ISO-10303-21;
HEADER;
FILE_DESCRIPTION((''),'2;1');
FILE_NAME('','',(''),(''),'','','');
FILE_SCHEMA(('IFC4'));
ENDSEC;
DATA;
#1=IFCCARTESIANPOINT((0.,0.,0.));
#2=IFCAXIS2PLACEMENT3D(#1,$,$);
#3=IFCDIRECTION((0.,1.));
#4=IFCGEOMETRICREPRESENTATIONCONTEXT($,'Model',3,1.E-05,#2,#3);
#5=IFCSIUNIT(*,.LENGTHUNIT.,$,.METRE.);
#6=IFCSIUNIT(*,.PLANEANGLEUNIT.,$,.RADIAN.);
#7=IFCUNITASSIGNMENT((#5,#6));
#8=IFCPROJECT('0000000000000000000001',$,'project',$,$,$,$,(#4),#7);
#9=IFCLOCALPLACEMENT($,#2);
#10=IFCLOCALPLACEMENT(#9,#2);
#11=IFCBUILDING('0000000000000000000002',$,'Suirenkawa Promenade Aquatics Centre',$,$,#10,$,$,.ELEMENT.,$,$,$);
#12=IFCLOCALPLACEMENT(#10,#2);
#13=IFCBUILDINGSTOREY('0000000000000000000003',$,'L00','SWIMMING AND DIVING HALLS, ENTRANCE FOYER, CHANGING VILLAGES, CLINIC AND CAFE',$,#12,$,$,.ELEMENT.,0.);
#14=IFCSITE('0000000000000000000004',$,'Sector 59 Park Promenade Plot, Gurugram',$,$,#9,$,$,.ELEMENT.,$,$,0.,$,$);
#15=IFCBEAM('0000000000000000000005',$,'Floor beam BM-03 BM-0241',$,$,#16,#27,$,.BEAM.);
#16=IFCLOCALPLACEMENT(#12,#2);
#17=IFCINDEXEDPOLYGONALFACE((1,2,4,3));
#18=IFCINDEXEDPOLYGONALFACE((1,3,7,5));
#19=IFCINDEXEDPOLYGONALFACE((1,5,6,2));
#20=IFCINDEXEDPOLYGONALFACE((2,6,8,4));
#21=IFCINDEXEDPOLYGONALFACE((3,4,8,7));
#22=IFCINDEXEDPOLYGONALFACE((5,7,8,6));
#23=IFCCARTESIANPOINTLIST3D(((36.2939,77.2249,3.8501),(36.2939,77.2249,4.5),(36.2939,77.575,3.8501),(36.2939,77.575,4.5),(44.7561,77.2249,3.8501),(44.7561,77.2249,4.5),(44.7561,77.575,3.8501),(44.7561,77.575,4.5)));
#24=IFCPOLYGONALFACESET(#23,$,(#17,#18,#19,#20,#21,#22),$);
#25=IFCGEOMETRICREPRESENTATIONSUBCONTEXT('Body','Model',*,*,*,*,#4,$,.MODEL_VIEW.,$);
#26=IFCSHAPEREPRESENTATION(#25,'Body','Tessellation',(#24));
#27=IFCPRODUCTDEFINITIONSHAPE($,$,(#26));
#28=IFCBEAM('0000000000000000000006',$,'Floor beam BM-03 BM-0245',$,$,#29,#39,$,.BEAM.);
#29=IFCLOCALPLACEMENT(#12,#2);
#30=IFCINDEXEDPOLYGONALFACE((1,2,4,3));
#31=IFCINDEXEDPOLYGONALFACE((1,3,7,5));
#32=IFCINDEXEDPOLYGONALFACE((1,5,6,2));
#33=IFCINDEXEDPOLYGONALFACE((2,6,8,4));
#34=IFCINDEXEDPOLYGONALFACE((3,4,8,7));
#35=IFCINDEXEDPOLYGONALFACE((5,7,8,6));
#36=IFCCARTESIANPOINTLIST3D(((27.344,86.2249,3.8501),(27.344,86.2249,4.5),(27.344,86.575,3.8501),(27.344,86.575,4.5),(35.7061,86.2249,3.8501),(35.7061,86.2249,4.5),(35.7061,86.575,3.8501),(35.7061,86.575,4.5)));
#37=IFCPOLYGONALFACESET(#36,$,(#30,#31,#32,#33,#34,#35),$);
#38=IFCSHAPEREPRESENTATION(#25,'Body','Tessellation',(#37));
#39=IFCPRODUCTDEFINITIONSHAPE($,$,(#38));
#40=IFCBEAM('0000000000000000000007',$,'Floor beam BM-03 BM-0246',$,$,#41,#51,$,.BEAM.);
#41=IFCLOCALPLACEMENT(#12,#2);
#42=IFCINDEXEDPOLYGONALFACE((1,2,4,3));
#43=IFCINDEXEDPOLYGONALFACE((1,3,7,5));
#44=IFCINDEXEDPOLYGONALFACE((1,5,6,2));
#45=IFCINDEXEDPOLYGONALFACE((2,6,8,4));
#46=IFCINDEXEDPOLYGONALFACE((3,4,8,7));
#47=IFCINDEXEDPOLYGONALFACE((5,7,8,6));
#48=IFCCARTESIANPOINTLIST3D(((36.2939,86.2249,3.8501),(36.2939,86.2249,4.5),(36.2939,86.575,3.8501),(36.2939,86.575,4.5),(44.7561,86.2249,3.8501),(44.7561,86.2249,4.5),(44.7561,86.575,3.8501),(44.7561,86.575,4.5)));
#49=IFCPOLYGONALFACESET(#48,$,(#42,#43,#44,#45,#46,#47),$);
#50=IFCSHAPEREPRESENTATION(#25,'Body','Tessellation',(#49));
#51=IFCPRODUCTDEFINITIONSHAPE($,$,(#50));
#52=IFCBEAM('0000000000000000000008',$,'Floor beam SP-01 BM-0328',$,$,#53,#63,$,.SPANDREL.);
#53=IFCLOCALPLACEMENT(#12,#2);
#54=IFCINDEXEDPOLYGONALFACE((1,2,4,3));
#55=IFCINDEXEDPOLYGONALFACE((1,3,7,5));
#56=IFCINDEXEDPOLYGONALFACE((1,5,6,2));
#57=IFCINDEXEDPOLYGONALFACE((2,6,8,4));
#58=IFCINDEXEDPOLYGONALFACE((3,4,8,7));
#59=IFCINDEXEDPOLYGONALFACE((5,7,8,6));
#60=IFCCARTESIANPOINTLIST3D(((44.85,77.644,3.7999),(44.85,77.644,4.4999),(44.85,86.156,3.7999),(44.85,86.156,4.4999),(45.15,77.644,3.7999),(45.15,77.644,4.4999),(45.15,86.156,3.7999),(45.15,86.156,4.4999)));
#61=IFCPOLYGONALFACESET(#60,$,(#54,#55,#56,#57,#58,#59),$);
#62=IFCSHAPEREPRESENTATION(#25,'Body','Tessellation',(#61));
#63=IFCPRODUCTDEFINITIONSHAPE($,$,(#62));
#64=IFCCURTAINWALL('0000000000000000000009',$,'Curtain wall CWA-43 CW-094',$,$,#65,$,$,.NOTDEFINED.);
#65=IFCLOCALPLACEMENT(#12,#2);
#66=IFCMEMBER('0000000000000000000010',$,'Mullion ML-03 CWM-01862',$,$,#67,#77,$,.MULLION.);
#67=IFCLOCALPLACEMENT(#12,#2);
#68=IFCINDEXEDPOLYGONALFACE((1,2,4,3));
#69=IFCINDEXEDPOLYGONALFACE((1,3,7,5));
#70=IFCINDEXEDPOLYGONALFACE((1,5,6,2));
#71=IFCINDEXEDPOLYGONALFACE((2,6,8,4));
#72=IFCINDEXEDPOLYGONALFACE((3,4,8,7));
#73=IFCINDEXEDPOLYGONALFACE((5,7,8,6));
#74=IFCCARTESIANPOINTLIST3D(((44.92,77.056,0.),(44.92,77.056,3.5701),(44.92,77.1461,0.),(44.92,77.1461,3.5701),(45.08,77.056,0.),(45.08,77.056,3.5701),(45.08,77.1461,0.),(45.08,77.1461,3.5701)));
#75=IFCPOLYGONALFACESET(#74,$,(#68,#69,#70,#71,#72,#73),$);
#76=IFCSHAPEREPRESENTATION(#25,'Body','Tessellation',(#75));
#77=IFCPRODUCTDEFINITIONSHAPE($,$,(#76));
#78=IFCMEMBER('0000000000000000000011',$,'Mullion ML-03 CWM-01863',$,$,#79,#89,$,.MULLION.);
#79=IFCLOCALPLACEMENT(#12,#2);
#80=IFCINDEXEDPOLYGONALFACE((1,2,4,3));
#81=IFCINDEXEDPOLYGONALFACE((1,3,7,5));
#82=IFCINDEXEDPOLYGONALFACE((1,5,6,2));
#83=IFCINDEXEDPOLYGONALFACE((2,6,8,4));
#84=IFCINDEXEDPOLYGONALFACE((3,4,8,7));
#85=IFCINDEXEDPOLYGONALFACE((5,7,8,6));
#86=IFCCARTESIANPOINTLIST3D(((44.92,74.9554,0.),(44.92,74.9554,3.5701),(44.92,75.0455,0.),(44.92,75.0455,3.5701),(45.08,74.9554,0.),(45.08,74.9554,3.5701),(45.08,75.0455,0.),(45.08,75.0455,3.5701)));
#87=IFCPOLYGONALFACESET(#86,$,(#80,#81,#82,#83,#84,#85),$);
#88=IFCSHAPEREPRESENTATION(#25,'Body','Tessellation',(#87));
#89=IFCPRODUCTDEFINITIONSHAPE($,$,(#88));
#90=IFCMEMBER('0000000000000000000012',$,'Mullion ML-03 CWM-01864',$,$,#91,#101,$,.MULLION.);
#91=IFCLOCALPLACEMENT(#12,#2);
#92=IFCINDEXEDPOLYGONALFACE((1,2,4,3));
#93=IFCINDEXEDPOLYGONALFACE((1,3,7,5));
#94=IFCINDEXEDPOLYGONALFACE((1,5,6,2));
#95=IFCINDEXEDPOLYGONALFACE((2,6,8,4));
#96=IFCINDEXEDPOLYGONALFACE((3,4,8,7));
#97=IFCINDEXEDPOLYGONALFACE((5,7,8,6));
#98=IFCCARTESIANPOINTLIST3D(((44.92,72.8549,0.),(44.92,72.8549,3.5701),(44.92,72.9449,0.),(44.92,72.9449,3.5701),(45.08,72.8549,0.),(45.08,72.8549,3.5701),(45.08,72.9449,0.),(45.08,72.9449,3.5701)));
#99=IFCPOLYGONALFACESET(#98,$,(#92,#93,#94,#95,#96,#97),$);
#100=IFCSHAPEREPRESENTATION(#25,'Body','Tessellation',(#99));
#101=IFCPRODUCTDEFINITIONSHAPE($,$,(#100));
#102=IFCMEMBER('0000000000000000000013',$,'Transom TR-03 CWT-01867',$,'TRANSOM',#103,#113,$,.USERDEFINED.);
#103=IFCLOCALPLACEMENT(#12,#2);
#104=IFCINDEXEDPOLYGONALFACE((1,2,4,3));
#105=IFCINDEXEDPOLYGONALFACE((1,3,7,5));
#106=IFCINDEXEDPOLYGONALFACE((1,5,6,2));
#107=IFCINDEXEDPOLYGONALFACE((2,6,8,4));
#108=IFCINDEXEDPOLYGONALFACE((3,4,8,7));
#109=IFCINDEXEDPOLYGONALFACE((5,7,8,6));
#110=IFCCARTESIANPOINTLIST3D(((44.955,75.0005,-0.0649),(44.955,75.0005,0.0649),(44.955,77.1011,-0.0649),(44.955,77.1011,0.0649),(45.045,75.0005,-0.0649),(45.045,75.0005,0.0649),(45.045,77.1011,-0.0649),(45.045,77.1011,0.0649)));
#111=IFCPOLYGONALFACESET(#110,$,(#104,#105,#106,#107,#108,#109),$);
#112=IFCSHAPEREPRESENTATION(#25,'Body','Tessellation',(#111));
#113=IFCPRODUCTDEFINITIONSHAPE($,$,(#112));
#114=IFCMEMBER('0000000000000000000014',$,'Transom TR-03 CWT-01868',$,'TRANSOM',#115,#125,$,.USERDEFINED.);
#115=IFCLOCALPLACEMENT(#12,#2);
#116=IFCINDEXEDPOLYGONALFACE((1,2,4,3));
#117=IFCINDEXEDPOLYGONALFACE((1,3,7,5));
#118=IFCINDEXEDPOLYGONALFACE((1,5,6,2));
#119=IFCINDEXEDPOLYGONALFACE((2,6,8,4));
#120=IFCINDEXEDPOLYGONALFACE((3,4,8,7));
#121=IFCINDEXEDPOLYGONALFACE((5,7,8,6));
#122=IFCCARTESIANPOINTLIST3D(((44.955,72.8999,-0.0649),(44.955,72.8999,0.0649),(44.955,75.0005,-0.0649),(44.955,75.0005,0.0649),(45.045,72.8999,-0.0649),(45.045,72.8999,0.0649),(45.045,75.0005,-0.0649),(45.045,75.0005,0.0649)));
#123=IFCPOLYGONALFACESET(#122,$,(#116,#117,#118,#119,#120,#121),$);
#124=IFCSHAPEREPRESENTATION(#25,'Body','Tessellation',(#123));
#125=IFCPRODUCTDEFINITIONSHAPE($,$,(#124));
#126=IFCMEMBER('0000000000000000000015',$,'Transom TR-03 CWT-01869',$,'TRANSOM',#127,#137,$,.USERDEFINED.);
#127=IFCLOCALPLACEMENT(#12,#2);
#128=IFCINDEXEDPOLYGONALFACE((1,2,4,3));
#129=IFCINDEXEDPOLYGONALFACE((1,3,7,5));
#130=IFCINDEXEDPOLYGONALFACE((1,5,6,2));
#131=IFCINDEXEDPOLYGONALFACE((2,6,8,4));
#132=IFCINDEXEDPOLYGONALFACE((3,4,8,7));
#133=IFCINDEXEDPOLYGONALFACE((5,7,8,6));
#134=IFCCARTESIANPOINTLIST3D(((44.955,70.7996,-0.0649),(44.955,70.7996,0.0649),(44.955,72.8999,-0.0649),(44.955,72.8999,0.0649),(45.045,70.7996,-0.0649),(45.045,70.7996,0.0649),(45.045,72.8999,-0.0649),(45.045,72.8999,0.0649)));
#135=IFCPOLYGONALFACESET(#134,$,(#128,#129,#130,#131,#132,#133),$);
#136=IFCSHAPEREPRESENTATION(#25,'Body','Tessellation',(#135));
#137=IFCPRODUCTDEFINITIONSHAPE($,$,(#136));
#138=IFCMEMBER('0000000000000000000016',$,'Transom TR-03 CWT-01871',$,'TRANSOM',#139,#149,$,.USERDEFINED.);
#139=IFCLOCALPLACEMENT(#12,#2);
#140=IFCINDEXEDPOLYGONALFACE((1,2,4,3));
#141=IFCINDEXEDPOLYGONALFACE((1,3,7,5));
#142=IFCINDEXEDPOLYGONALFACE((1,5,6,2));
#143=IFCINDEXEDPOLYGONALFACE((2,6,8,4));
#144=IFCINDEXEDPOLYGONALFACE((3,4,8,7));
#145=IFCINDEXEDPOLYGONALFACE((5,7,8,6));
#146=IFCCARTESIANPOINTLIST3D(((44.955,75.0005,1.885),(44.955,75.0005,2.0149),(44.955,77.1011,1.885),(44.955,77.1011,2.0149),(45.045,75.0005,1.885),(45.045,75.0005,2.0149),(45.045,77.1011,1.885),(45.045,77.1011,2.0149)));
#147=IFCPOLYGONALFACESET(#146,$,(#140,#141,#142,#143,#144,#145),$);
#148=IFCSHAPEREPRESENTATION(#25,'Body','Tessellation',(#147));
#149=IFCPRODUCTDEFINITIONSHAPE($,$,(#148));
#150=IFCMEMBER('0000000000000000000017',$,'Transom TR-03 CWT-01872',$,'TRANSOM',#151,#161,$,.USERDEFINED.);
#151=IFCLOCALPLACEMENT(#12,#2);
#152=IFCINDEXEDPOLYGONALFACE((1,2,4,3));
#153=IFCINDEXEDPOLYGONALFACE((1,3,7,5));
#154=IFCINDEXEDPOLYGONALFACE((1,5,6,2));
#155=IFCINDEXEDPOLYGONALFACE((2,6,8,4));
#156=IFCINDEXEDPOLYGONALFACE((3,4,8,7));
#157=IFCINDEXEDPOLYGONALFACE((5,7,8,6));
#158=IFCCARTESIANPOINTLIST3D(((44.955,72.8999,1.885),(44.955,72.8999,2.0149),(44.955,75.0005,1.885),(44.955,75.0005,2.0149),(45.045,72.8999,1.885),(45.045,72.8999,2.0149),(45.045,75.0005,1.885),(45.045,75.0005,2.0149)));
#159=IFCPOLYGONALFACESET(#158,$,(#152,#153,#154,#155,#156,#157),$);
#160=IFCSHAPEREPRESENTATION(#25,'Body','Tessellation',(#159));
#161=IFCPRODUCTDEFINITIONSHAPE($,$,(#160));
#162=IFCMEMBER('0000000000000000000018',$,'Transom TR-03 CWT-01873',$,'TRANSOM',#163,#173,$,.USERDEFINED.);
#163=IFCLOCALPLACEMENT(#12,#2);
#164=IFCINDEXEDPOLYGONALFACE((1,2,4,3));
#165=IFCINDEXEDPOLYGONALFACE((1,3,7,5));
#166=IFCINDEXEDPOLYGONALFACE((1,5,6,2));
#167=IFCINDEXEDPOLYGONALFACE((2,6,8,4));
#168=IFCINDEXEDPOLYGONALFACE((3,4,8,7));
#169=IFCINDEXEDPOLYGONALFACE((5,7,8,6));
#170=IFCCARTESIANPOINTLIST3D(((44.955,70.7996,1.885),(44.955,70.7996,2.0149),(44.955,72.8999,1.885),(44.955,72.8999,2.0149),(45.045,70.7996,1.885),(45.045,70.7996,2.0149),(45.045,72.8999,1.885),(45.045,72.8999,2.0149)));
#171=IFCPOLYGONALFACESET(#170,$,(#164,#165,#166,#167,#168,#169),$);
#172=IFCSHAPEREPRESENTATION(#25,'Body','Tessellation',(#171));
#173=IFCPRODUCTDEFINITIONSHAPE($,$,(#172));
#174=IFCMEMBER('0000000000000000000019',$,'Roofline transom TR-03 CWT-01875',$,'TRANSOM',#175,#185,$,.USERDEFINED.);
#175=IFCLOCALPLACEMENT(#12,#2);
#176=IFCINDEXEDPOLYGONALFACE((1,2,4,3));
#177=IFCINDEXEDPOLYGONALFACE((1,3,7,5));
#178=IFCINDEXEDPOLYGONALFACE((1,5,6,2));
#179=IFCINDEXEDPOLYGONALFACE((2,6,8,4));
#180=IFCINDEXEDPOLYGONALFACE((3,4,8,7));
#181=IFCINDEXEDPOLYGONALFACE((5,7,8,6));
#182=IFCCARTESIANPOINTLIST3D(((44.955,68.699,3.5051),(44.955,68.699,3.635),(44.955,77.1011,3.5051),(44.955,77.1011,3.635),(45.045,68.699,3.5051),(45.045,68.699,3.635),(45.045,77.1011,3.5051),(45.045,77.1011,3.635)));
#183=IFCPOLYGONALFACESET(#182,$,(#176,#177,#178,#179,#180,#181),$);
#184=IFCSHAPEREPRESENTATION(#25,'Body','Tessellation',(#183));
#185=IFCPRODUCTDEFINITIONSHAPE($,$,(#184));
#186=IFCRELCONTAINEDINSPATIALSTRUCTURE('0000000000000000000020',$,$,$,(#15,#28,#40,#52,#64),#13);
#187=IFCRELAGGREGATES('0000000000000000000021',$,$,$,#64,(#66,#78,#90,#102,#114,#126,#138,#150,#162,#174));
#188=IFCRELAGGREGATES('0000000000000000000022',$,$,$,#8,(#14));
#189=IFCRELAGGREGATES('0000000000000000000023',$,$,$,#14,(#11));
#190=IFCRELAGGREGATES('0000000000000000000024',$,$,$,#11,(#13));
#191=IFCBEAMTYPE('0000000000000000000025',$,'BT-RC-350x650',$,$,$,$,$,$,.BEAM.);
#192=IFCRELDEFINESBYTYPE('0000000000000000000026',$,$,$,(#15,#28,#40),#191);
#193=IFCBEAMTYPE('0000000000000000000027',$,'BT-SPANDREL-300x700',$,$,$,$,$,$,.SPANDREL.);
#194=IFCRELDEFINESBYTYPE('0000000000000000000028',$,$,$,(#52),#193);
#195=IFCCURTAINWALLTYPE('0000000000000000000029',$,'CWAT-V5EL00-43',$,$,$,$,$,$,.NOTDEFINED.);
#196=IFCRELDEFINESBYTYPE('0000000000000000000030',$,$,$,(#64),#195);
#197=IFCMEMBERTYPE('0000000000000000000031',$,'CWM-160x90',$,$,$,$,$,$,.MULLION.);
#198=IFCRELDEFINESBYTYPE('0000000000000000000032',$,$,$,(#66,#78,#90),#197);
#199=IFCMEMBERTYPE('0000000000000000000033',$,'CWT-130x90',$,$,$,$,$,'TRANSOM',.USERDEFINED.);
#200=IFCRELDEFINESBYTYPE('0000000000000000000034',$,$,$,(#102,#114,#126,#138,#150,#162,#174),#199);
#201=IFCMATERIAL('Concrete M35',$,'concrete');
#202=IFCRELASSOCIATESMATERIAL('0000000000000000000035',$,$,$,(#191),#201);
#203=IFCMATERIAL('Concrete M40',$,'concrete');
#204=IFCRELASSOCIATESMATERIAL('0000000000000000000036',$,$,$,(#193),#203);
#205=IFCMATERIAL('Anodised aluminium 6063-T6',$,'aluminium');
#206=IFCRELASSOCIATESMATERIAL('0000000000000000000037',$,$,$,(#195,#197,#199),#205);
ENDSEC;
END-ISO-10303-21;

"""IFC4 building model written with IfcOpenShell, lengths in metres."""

from ifc_helpers import new_model, si_unit, direction, frame, origin, origin_2d, place, context, subcontext, project, spatial, rectangle, extrude, material, material_profile, profile_set, type_object, element, aggregate, save


model = new_model("IFC4")

# Units and contexts
model_context = context("Model", 3, precision=1e-05, world=origin(), true_north=direction((0.0, 1.0)))
body_context = subcontext(model_context, "Body", "Model", "MODEL_VIEW")
ifc_project = project(units=[si_unit("LENGTHUNIT", "METRE"), si_unit("PLANEANGLEUNIT", "RADIAN")], contexts=[model_context])

# Site, building, storey
site_placement = place(None, origin())
site = spatial("IfcSite", under=ifc_project, at=site_placement, Name="Sector 59 Park Promenade Plot, Gurugram", CompositionType="ELEMENT", RefElevation=0.0)
building_placement = place(site_placement, origin())
building = spatial("IfcBuilding", under=site, at=building_placement, Name="Suirenkawa Promenade Aquatics Centre", CompositionType="ELEMENT")
storey_placement = place(building_placement, origin())
storey = spatial("IfcBuildingStorey", under=building, at=storey_placement, Name="L00", Description="SWIMMING AND DIVING HALLS, ENTRANCE FOYER, CHANGING VILLAGES, CLINIC AND CAFE", CompositionType="ELEMENT", Elevation=0.0)

# Shared definitions
ifc_material_1 = material(Name="Concrete M40", Category="concrete")

# Beams
ifc_material_2 = material(Name="Concrete M35", Category="concrete")
ifc_material_profile_1 = material_profile(ifc_material_2, rectangle(XDim=0.3501, YDim=0.6499, at=origin_2d()), Name="RC BM 350x650", Category="concrete")
ifc_profile_set_1 = profile_set([ifc_material_profile_1], Name="Concrete M35")
beam_type_1 = type_object("IfcBeamType", Name="BT-RC-350x650", PredefinedType="BEAM", material=ifc_profile_set_1)
beam_1_placement = place(storey_placement, frame((36.2939, 77.3999, 4.175), z_axis=(1.0, 0.0, 0.0), x_axis=(0.0, 1.0, 0.0)))
element("IfcBeam", 1, at=beam_1_placement, inside=storey, type_object=beam_type_1, Name="Floor beam BM-03 BM-0241", PredefinedType="BEAM", context=body_context, shape_type="SweptSolid", body=[
    extrude(rectangle(XDim=0.3501, YDim=0.6499, at=origin_2d()), origin(), (0.0, 0.0, 1.0), 8.4622),
])
beam_2_placement = place(storey_placement, frame((27.344, 86.3999, 4.175), z_axis=(1.0, 0.0, 0.0), x_axis=(0.0, 1.0, 0.0)))
element("IfcBeam", 2, at=beam_2_placement, inside=storey, type_object=beam_type_1, Name="Floor beam BM-03 BM-0245", PredefinedType="BEAM", context=body_context, shape_type="SweptSolid", body=[
    extrude(rectangle(XDim=0.3501, YDim=0.6499, at=origin_2d()), origin(), (0.0, 0.0, 1.0), 8.3621),
])
beam_3_placement = place(storey_placement, frame((36.2939, 86.3999, 4.175), z_axis=(1.0, 0.0, 0.0), x_axis=(0.0, 1.0, 0.0)))
element("IfcBeam", 3, at=beam_3_placement, inside=storey, type_object=beam_type_1, Name="Floor beam BM-03 BM-0246", PredefinedType="BEAM", context=body_context, shape_type="SweptSolid", body=[
    extrude(rectangle(XDim=0.3501, YDim=0.6499, at=origin_2d()), origin(), (0.0, 0.0, 1.0), 8.4622),
])
ifc_material_profile_2 = material_profile(ifc_material_1, rectangle(XDim=0.3, YDim=0.7, at=origin_2d()), Name="RC SPANDREL 300x700", Category="concrete")
ifc_profile_set_2 = profile_set([ifc_material_profile_2], Name="Concrete M40")
beam_type_2 = type_object("IfcBeamType", Name="BT-SPANDREL-300x700", PredefinedType="SPANDREL", material=ifc_profile_set_2)
beam_4_placement = place(storey_placement, frame((45.0, 77.644, 4.1499), z_axis=(0.0, 1.0, 0.0), x_axis=(-1.0, 0.0, 0.0)))
element("IfcBeam", 4, at=beam_4_placement, inside=storey, type_object=beam_type_2, Name="Floor beam SP-01 BM-0328", PredefinedType="SPANDREL", context=body_context, shape_type="SweptSolid", body=[
    extrude(rectangle(XDim=0.3, YDim=0.7, at=origin_2d()), origin(), (0.0, 0.0, 1.0), 8.512),
])

# Curtain wall, members
ifc_material_3 = material(Name="Anodised aluminium 6063-T6", Category="aluminium")
curtain_wall_type = type_object("IfcCurtainWallType", Name="CWAT-V5EL00-43", PredefinedType="NOTDEFINED", material=ifc_material_3)
curtain_wall_placement = place(storey_placement, origin())
curtain_wall = element("IfcCurtainWall", 5, at=curtain_wall_placement, inside=storey, type_object=curtain_wall_type, Name="Curtain wall CWA-43 CW-094", PredefinedType="NOTDEFINED")
ifc_material_profile_3 = material_profile(ifc_material_3, rectangle(XDim=0.0901, YDim=0.1599, at=origin_2d()), Name="ALU MULL 90x160", Category="aluminium")
ifc_profile_set_3 = profile_set([ifc_material_profile_3], Name="Anodised aluminium 6063-T6")
member_type_1 = type_object("IfcMemberType", Name="CWM-160x90", PredefinedType="MULLION", material=ifc_profile_set_3)
member_1_placement = place(storey_placement, frame((45.0, 77.1011, 0.0), z_axis=(0.0, 0.0, 1.0), x_axis=(0.0, -1.0, 0.0)))
member_1 = element("IfcMember", 6, at=member_1_placement, type_object=member_type_1, Name="Mullion ML-03 CWM-01862", PredefinedType="MULLION", context=body_context, shape_type="SweptSolid", body=[
    extrude(rectangle(XDim=0.0901, YDim=0.1599, at=origin_2d()), origin(), (0.0, 0.0, 1.0), 3.5701),
])
member_2_placement = place(storey_placement, frame((45.0, 75.0005, 0.0), z_axis=(0.0, 0.0, 1.0), x_axis=(0.0, -1.0, 0.0)))
member_2 = element("IfcMember", 7, at=member_2_placement, type_object=member_type_1, Name="Mullion ML-03 CWM-01863", PredefinedType="MULLION", context=body_context, shape_type="SweptSolid", body=[
    extrude(rectangle(XDim=0.0901, YDim=0.1599, at=origin_2d()), origin(), (0.0, 0.0, 1.0), 3.5701),
])
member_3_placement = place(storey_placement, frame((45.0, 72.8999, 0.0), z_axis=(0.0, 0.0, 1.0), x_axis=(0.0, -1.0, 0.0)))
member_3 = element("IfcMember", 8, at=member_3_placement, type_object=member_type_1, Name="Mullion ML-03 CWM-01864", PredefinedType="MULLION", context=body_context, shape_type="SweptSolid", body=[
    extrude(rectangle(XDim=0.0901, YDim=0.1599, at=origin_2d()), origin(), (0.0, 0.0, 1.0), 3.5701),
])
ifc_material_profile_4 = material_profile(ifc_material_3, rectangle(XDim=0.0901, YDim=0.1299, at=origin_2d()), Name="ALU TRAN 90x130", Category="aluminium")
ifc_profile_set_4 = profile_set([ifc_material_profile_4], Name="Anodised aluminium 6063-T6")
member_type_2 = type_object("IfcMemberType", Name="CWT-130x90", ElementType="TRANSOM", PredefinedType="USERDEFINED", material=ifc_profile_set_4)
member_4_placement = place(storey_placement, frame((45.0, 77.1011, 0.0), z_axis=(0.0, -1.0, 0.0), x_axis=(1.0, 0.0, 0.0)))
member_4 = element("IfcMember", 9, at=member_4_placement, type_object=member_type_2, Name="Transom TR-03 CWT-01867", ObjectType="TRANSOM", PredefinedType="USERDEFINED", context=body_context, shape_type="SweptSolid", body=[
    extrude(rectangle(XDim=0.0901, YDim=0.1299, at=origin_2d()), origin(), (0.0, 0.0, 1.0), 2.1006),
])
member_5_placement = place(storey_placement, frame((45.0, 75.0005, 0.0), z_axis=(0.0, -1.0, 0.0), x_axis=(1.0, 0.0, 0.0)))
member_5 = element("IfcMember", 10, at=member_5_placement, type_object=member_type_2, Name="Transom TR-03 CWT-01868", ObjectType="TRANSOM", PredefinedType="USERDEFINED", context=body_context, shape_type="SweptSolid", body=[
    extrude(rectangle(XDim=0.0901, YDim=0.1299, at=origin_2d()), origin(), (0.0, 0.0, 1.0), 2.1006),
])
member_6_placement = place(storey_placement, frame((45.0, 72.8999, 0.0), z_axis=(0.0, -1.0, 0.0), x_axis=(1.0, 0.0, 0.0)))
member_6 = element("IfcMember", 11, at=member_6_placement, type_object=member_type_2, Name="Transom TR-03 CWT-01869", ObjectType="TRANSOM", PredefinedType="USERDEFINED", context=body_context, shape_type="SweptSolid", body=[
    extrude(rectangle(XDim=0.0901, YDim=0.1299, at=origin_2d()), origin(), (0.0, 0.0, 1.0), 2.1003),
])
member_7_placement = place(storey_placement, frame((45.0, 77.1011, 1.95), z_axis=(0.0, -1.0, 0.0), x_axis=(1.0, 0.0, 0.0)))
member_7 = element("IfcMember", 12, at=member_7_placement, type_object=member_type_2, Name="Transom TR-03 CWT-01871", ObjectType="TRANSOM", PredefinedType="USERDEFINED", context=body_context, shape_type="SweptSolid", body=[
    extrude(rectangle(XDim=0.0901, YDim=0.1299, at=origin_2d()), origin(), (0.0, 0.0, 1.0), 2.1006),
])
member_8_placement = place(storey_placement, frame((45.0, 75.0005, 1.95), z_axis=(0.0, -1.0, 0.0), x_axis=(1.0, 0.0, 0.0)))
member_8 = element("IfcMember", 13, at=member_8_placement, type_object=member_type_2, Name="Transom TR-03 CWT-01872", ObjectType="TRANSOM", PredefinedType="USERDEFINED", context=body_context, shape_type="SweptSolid", body=[
    extrude(rectangle(XDim=0.0901, YDim=0.1299, at=origin_2d()), origin(), (0.0, 0.0, 1.0), 2.1006),
])
member_9_placement = place(storey_placement, frame((45.0, 72.8999, 1.95), z_axis=(0.0, -1.0, 0.0), x_axis=(1.0, 0.0, 0.0)))
member_9 = element("IfcMember", 14, at=member_9_placement, type_object=member_type_2, Name="Transom TR-03 CWT-01873", ObjectType="TRANSOM", PredefinedType="USERDEFINED", context=body_context, shape_type="SweptSolid", body=[
    extrude(rectangle(XDim=0.0901, YDim=0.1299, at=origin_2d()), origin(), (0.0, 0.0, 1.0), 2.1003),
])
member_10_placement = place(storey_placement, frame((45.0, 77.1011, 3.5701), z_axis=(0.0, -1.0, 0.0), x_axis=(1.0, 0.0, 0.0)))
member_10 = element("IfcMember", 15, at=member_10_placement, type_object=member_type_2, Name="Roofline transom TR-03 CWT-01875", ObjectType="TRANSOM", PredefinedType="USERDEFINED", context=body_context, shape_type="SweptSolid", body=[
    extrude(rectangle(XDim=0.0901, YDim=0.1299, at=origin_2d()), origin(), (0.0, 0.0, 1.0), 8.4021),
])
aggregate(curtain_wall, [member_1, member_2, member_3, member_4, member_5, member_6, member_7, member_8, member_9, member_10])

save(model, "model.ifc")
